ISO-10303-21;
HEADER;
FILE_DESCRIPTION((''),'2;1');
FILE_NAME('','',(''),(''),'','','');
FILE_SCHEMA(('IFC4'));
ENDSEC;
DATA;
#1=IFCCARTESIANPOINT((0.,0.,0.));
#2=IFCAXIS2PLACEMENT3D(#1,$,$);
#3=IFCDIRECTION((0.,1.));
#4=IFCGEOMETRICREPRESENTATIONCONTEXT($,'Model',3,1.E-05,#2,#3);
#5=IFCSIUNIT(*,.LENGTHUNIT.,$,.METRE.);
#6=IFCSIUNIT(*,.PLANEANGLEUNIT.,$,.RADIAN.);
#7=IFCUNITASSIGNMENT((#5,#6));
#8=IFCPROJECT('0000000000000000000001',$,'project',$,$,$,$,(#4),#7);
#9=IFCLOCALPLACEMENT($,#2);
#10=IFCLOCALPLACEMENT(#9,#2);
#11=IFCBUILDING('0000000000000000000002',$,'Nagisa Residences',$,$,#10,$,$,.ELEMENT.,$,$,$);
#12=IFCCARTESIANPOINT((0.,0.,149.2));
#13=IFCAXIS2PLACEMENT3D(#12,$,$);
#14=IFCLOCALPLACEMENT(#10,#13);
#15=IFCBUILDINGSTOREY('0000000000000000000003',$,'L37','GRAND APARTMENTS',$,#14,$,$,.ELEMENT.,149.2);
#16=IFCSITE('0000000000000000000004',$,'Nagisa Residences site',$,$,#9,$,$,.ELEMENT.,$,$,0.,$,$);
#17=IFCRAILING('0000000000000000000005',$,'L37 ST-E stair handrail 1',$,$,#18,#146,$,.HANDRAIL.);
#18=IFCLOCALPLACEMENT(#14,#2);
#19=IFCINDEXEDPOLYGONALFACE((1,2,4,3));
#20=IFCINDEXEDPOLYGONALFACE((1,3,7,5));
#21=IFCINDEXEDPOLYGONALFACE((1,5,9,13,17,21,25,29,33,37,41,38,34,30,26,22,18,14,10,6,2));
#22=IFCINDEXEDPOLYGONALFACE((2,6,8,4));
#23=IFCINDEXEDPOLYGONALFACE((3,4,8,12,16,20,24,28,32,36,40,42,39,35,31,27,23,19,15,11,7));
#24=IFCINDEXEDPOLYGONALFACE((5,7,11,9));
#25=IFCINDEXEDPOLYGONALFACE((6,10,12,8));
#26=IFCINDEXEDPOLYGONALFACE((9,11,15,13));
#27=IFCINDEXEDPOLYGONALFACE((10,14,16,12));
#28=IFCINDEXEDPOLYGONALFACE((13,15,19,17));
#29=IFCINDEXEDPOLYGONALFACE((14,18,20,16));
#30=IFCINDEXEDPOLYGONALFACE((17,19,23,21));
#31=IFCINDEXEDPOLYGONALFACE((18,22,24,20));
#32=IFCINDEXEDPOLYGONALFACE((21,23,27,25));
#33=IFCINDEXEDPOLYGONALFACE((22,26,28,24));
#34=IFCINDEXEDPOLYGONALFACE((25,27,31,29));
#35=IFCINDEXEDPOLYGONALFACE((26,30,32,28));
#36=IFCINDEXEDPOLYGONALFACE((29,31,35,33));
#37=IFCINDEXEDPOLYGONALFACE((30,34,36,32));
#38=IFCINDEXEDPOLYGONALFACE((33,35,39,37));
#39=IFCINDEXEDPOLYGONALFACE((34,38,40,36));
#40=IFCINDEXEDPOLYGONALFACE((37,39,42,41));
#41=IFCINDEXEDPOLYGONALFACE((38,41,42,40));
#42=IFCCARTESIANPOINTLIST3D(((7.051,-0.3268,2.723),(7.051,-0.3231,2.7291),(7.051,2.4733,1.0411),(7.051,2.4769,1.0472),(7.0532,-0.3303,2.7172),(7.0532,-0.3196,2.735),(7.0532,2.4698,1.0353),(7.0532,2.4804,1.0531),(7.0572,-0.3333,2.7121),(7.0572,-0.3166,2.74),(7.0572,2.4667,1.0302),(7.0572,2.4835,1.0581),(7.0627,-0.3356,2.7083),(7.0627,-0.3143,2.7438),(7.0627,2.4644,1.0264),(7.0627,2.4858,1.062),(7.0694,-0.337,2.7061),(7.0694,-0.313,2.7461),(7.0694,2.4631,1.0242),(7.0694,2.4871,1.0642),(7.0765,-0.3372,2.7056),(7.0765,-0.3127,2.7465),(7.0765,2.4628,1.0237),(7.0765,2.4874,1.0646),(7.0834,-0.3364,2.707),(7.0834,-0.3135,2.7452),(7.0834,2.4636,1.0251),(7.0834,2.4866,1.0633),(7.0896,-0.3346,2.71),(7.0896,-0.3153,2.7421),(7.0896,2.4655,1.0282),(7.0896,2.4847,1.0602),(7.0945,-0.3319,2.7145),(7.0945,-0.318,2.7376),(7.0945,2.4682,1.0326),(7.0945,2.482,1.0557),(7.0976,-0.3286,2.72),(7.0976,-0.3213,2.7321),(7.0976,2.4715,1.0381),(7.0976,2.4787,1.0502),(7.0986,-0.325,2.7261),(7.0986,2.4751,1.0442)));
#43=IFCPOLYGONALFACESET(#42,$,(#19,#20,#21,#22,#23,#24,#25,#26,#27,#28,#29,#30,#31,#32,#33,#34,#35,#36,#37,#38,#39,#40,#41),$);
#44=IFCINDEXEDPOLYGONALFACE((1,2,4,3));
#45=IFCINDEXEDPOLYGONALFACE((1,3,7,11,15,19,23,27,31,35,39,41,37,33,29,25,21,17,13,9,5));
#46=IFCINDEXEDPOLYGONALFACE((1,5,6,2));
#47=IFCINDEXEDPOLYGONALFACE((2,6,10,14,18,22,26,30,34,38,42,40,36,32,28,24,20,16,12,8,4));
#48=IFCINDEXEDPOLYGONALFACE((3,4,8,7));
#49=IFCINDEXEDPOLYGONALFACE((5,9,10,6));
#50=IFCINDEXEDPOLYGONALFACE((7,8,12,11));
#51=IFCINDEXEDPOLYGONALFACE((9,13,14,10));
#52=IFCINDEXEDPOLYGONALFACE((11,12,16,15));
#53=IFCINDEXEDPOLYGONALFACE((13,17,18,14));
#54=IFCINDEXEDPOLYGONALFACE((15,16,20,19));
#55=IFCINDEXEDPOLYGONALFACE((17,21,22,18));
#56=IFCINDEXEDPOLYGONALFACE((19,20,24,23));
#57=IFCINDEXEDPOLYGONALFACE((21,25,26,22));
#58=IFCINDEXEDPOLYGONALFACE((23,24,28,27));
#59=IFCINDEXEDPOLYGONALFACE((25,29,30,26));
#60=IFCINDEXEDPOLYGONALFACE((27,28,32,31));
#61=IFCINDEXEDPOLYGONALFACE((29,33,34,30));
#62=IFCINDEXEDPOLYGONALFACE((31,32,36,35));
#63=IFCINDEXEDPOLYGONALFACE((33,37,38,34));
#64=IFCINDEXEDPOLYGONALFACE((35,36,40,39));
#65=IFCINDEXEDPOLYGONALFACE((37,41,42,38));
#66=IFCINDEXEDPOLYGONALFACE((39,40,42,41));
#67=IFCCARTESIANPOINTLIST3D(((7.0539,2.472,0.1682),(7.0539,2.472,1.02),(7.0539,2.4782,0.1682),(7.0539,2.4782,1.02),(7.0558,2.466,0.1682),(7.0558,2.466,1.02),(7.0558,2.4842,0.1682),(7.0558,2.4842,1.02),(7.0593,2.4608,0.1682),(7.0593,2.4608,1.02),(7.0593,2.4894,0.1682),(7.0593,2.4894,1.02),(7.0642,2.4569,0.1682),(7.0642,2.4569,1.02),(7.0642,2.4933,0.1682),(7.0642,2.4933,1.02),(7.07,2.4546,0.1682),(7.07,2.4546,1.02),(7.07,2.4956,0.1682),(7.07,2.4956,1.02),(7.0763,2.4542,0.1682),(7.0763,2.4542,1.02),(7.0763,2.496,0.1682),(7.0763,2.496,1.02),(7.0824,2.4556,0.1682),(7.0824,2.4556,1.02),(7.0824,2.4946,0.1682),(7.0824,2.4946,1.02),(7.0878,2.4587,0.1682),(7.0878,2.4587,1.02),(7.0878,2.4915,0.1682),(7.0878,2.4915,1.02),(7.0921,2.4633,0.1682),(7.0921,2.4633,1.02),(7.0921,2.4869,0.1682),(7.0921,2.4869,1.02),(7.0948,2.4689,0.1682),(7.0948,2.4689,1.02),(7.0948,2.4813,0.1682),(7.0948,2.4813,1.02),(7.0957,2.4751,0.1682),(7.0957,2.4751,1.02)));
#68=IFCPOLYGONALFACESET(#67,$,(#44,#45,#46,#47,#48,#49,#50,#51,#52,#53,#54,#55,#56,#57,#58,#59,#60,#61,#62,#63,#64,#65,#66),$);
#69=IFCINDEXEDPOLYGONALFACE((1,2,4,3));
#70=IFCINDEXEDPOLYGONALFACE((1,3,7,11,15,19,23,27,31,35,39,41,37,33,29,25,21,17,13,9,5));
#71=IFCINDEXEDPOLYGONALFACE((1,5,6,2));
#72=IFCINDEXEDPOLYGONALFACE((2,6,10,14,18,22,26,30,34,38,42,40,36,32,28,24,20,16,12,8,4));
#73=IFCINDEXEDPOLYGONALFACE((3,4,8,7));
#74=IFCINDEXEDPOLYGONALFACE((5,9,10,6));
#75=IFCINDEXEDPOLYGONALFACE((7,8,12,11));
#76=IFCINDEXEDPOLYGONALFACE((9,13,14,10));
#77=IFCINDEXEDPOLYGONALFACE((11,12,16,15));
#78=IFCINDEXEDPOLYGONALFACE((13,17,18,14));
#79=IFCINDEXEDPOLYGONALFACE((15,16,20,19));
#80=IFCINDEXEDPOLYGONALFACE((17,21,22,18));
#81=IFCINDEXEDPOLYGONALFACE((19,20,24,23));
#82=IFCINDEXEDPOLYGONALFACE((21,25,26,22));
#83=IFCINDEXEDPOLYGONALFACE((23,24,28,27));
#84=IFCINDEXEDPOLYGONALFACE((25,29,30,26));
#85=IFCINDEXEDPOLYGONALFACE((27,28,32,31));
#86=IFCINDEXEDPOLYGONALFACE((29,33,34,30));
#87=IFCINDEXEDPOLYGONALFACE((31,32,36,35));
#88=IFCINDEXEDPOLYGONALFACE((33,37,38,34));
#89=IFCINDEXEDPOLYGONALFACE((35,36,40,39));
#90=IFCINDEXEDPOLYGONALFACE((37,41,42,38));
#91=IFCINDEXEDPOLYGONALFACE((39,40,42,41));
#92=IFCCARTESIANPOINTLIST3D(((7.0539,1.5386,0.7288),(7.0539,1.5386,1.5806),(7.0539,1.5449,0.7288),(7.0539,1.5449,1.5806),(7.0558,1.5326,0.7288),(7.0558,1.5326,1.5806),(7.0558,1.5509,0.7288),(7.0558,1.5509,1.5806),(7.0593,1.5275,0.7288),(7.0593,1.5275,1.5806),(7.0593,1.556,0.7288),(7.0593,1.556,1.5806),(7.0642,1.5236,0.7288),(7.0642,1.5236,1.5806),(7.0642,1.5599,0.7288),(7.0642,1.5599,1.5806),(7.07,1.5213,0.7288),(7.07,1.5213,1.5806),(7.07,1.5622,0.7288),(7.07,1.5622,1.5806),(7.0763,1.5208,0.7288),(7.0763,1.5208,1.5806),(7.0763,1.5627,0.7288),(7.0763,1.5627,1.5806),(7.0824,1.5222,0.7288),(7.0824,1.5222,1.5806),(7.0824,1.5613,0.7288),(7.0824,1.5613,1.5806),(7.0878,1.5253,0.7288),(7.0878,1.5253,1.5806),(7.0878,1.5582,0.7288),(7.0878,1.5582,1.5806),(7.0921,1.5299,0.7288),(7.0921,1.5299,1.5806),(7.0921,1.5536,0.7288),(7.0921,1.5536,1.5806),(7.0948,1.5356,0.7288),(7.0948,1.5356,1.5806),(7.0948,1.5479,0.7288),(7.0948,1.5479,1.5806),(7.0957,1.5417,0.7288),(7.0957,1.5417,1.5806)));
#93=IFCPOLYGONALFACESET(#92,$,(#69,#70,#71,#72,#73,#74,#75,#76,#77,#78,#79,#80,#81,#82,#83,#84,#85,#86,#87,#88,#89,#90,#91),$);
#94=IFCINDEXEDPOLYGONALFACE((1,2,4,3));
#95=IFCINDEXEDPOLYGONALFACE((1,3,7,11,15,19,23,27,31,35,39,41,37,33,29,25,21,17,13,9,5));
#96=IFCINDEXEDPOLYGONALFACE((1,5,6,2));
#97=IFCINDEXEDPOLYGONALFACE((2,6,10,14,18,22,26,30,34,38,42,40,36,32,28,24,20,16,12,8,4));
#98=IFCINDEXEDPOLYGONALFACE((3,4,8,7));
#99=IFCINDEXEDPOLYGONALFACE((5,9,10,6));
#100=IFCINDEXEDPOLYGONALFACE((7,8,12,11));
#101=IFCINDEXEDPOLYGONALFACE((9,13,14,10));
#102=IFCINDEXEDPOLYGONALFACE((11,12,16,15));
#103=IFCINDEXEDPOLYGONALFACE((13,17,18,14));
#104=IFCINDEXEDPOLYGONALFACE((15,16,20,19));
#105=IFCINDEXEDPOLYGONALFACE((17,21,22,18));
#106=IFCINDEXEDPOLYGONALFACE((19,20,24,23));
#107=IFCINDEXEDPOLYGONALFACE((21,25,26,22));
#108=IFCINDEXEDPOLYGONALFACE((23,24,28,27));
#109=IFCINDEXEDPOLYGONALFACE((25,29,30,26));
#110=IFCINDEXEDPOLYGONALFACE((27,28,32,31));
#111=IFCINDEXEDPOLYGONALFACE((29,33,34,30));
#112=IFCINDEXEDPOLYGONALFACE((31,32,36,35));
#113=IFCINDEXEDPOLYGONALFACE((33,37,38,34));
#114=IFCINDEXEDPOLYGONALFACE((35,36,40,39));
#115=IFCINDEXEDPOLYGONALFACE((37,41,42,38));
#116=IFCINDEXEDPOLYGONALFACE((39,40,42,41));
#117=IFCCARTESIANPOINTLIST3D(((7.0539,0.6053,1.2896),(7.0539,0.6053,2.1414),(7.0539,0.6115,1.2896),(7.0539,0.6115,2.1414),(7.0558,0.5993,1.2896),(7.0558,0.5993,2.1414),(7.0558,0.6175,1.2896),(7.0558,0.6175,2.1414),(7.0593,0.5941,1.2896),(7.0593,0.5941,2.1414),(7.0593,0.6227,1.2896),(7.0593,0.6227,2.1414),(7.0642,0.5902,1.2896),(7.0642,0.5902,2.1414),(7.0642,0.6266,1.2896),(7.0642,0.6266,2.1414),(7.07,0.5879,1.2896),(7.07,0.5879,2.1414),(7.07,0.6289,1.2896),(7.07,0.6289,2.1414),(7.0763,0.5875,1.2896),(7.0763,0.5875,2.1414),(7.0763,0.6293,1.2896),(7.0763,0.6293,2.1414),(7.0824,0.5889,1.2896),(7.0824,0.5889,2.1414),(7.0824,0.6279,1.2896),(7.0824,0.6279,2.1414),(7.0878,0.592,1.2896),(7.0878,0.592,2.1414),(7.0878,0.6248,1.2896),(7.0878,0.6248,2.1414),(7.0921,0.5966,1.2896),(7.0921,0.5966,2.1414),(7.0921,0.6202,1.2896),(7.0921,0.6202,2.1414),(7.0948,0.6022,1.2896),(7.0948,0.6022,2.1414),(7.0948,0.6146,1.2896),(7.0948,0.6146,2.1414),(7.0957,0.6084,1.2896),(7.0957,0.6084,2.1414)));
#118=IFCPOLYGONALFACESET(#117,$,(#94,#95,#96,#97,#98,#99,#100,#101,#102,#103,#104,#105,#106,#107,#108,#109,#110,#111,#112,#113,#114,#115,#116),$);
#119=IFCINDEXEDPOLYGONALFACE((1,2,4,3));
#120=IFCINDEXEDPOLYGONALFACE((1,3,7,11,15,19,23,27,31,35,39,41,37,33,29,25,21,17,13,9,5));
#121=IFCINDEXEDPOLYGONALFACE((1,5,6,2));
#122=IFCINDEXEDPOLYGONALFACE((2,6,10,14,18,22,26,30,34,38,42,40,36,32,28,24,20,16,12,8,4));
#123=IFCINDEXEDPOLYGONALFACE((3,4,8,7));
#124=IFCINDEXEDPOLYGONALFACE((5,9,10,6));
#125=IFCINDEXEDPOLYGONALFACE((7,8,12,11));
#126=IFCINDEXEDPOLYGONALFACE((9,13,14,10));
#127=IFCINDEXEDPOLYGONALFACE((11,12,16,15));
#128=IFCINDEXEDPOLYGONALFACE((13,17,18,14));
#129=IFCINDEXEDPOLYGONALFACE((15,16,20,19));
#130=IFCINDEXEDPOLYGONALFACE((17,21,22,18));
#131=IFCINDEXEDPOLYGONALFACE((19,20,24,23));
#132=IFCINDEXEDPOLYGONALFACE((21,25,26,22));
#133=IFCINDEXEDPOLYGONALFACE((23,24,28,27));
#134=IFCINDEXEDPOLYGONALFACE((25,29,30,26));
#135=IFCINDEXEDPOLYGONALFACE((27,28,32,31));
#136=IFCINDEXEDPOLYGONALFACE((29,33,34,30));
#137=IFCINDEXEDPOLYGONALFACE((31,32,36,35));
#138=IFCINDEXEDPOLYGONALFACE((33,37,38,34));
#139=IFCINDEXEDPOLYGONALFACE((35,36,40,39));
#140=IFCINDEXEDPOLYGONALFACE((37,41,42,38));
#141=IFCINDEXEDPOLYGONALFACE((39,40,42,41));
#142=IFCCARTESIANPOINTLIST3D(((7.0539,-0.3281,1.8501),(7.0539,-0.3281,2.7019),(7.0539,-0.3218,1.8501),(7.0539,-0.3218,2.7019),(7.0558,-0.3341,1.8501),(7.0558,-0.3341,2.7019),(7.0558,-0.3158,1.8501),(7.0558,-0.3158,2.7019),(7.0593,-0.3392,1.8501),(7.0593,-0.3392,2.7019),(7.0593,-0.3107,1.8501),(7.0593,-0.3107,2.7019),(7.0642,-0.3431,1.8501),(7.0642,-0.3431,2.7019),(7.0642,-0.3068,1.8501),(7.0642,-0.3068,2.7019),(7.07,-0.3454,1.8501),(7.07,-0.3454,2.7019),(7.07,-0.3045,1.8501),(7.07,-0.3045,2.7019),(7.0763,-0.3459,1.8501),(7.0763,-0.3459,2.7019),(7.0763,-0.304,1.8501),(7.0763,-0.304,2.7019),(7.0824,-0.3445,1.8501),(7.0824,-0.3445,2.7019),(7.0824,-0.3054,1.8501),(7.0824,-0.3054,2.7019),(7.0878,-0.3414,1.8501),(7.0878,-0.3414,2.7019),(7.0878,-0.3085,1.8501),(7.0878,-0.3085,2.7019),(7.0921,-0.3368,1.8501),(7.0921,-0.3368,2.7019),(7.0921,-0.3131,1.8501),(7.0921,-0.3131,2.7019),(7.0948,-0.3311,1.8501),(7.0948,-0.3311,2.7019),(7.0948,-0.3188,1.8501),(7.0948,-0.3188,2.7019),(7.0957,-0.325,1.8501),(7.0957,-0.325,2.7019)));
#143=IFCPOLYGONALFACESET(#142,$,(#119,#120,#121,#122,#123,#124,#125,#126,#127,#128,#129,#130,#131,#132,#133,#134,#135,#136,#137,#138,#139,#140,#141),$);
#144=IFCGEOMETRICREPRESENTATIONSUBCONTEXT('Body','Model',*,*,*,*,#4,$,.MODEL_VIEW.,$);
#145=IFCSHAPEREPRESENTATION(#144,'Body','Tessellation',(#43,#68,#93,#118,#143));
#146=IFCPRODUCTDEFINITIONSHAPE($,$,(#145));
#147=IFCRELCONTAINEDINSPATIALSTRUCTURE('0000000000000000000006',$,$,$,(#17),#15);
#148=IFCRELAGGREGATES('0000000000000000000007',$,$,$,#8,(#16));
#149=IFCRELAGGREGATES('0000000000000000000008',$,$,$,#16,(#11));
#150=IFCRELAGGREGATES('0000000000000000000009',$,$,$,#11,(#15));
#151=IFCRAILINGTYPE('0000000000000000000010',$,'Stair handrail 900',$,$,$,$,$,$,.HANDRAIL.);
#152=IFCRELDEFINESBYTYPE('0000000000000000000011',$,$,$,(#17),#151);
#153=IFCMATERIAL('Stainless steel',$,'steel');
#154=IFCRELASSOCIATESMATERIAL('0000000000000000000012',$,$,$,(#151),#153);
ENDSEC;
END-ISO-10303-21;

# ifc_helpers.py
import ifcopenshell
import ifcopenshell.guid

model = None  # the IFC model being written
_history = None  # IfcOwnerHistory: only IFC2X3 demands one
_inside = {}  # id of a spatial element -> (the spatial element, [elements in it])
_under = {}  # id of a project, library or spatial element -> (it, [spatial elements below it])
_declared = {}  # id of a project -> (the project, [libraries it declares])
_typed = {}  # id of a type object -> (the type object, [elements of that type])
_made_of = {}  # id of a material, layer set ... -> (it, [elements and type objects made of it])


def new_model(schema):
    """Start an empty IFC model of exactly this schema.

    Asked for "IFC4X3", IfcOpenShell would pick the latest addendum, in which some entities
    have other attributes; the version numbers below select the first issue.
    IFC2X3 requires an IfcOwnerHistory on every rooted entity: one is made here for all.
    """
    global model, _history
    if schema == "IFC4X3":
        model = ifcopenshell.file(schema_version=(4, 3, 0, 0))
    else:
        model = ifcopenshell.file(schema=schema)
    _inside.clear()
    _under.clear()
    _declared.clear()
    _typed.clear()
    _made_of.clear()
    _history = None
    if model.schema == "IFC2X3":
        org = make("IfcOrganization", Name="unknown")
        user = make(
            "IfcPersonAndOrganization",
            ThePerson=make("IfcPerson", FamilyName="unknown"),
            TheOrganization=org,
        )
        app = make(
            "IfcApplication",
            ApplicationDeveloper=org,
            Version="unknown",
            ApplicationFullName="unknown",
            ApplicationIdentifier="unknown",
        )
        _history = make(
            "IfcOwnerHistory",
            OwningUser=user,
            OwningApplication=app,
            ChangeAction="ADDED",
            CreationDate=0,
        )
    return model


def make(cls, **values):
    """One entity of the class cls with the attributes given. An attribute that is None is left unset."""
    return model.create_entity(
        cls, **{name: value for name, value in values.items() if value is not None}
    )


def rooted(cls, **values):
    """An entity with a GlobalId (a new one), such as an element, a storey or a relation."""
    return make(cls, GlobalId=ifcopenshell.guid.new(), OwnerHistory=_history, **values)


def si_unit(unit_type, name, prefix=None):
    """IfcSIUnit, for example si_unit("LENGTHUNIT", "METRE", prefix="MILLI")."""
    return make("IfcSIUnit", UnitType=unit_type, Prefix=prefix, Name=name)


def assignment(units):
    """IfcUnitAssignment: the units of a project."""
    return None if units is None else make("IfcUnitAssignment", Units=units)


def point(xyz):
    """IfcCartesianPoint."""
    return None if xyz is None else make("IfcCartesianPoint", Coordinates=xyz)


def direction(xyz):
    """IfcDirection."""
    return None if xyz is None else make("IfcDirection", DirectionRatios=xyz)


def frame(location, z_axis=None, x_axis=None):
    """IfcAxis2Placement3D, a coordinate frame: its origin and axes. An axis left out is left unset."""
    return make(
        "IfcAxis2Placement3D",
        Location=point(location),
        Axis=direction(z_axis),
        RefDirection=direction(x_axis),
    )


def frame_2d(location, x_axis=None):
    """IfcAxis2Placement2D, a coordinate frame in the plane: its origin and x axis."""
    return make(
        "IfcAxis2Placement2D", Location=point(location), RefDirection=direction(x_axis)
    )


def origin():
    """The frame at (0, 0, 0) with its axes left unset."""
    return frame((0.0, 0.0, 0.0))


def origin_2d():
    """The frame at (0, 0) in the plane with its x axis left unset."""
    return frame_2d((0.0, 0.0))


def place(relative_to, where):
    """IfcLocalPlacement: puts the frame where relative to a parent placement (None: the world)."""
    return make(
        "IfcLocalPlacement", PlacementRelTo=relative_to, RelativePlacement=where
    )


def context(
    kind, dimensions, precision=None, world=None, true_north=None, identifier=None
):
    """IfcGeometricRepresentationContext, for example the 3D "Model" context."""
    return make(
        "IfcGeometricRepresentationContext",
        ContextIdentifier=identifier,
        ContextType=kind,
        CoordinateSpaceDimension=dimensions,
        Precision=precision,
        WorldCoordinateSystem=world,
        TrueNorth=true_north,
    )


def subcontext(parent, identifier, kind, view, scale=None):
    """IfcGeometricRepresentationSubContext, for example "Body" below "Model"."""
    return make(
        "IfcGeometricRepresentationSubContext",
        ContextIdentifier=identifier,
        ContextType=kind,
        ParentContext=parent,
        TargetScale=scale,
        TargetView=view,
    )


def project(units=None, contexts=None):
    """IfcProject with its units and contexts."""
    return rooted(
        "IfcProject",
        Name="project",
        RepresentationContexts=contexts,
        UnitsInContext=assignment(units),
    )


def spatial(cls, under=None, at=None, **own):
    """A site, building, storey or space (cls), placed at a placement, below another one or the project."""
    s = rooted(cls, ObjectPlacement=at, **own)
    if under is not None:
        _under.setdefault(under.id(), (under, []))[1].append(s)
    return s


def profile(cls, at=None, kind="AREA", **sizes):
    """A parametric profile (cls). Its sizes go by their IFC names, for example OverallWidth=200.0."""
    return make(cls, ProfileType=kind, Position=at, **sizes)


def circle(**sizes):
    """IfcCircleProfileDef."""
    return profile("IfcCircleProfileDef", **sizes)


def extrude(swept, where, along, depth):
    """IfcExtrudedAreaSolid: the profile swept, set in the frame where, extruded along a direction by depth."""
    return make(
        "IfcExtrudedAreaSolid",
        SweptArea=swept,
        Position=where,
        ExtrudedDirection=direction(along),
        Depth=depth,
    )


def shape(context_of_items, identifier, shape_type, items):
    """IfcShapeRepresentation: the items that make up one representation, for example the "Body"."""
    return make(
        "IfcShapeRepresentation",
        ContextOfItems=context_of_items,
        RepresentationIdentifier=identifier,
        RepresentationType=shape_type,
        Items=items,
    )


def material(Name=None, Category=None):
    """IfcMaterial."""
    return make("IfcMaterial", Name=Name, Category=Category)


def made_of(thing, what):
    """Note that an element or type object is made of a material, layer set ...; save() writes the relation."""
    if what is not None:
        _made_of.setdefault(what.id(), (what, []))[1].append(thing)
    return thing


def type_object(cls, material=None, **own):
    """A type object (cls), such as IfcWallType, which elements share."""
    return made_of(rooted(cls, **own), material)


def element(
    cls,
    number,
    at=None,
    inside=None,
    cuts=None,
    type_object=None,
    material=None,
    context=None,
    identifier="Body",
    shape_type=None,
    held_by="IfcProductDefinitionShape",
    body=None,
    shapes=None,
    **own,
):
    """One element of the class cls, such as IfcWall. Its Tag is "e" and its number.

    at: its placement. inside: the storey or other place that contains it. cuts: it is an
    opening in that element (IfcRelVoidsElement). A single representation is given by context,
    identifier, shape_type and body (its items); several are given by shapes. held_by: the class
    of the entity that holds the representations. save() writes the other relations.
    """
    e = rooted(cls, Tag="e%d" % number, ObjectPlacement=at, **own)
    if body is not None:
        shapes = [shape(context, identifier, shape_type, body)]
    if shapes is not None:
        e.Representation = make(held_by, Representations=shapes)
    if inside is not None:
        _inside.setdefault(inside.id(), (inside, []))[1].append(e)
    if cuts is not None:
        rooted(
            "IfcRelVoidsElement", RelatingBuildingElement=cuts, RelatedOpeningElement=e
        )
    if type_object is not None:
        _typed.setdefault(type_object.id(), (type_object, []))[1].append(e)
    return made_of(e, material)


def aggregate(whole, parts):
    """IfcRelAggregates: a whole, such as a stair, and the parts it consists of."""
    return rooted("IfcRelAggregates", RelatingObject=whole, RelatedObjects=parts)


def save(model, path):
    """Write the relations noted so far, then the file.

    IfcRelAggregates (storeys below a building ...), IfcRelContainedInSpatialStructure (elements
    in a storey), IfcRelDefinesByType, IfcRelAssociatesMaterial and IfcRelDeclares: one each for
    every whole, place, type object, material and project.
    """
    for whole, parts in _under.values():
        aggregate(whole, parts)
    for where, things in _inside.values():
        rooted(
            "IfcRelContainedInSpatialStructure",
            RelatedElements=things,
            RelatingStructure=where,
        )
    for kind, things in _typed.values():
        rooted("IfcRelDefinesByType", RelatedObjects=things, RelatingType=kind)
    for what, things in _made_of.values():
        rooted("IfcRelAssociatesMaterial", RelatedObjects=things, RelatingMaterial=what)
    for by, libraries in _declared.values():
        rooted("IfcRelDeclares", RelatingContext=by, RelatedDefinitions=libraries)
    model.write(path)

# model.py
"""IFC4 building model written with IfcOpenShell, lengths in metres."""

from ifc_helpers import new_model, si_unit, direction, frame, origin, origin_2d, place, context, subcontext, project, spatial, circle, extrude, material, type_object, element, save


model = new_model("IFC4")

# Units and contexts
model_context = context("Model", 3, precision=1e-05, world=origin(), true_north=direction((0.0, 1.0)))
body_context = subcontext(model_context, "Body", "Model", "MODEL_VIEW")
ifc_project = project(units=[si_unit("LENGTHUNIT", "METRE"), si_unit("PLANEANGLEUNIT", "RADIAN")], contexts=[model_context])

# Site, building, storey
site_placement = place(None, origin())
site = spatial("IfcSite", under=ifc_project, at=site_placement, Name="Nagisa Residences site", CompositionType="ELEMENT", RefElevation=0.0)
building_placement = place(site_placement, origin())
building = spatial("IfcBuilding", under=site, at=building_placement, Name="Nagisa Residences", CompositionType="ELEMENT")
storey_placement = place(building_placement, frame((0.0, 0.0, 149.2)))
storey = spatial("IfcBuildingStorey", under=building, at=storey_placement, Name="L37", Description="GRAND APARTMENTS", CompositionType="ELEMENT", Elevation=149.2)

# Railing
ifc_material_1 = material(Name="Stainless steel", Category="steel")
railing_type_1 = type_object("IfcRailingType", Name="Stair handrail 900", PredefinedType="HANDRAIL", material=ifc_material_1)
railing_1_placement = place(storey_placement, frame((7.0747, 2.4751, 0.1682)))
element("IfcRailing", 1, at=railing_1_placement, inside=storey, type_object=railing_type_1, Name="L37 ST-E stair handrail 1", PredefinedType="HANDRAIL", context=body_context, shape_type="SweptSolid", body=[
    extrude(circle(Radius=0.0239, at=origin_2d()), frame((0.0, 0.0, 0.876), z_axis=(0.0, -0.857242, 0.514913), x_axis=(1.0, 0.0, 0.0)), (0.0, 0.0, 1.0), 3.2664),
    extrude(circle(Radius=0.021, at=origin_2d()), origin(), (0.0, 0.0, 1.0), 0.8518),
    extrude(circle(Radius=0.021, at=origin_2d()), frame((0.0, -0.9333, 0.5605)), (0.0, 0.0, 1.0), 0.8518),
    extrude(circle(Radius=0.021, at=origin_2d()), frame((0.0, -1.8667, 1.1213)), (0.0, 0.0, 1.0), 0.8518),
    extrude(circle(Radius=0.021, at=origin_2d()), frame((0.0, -2.8, 1.6819)), (0.0, 0.0, 1.0), 0.8518),
])

save(model, "model.ifc")
